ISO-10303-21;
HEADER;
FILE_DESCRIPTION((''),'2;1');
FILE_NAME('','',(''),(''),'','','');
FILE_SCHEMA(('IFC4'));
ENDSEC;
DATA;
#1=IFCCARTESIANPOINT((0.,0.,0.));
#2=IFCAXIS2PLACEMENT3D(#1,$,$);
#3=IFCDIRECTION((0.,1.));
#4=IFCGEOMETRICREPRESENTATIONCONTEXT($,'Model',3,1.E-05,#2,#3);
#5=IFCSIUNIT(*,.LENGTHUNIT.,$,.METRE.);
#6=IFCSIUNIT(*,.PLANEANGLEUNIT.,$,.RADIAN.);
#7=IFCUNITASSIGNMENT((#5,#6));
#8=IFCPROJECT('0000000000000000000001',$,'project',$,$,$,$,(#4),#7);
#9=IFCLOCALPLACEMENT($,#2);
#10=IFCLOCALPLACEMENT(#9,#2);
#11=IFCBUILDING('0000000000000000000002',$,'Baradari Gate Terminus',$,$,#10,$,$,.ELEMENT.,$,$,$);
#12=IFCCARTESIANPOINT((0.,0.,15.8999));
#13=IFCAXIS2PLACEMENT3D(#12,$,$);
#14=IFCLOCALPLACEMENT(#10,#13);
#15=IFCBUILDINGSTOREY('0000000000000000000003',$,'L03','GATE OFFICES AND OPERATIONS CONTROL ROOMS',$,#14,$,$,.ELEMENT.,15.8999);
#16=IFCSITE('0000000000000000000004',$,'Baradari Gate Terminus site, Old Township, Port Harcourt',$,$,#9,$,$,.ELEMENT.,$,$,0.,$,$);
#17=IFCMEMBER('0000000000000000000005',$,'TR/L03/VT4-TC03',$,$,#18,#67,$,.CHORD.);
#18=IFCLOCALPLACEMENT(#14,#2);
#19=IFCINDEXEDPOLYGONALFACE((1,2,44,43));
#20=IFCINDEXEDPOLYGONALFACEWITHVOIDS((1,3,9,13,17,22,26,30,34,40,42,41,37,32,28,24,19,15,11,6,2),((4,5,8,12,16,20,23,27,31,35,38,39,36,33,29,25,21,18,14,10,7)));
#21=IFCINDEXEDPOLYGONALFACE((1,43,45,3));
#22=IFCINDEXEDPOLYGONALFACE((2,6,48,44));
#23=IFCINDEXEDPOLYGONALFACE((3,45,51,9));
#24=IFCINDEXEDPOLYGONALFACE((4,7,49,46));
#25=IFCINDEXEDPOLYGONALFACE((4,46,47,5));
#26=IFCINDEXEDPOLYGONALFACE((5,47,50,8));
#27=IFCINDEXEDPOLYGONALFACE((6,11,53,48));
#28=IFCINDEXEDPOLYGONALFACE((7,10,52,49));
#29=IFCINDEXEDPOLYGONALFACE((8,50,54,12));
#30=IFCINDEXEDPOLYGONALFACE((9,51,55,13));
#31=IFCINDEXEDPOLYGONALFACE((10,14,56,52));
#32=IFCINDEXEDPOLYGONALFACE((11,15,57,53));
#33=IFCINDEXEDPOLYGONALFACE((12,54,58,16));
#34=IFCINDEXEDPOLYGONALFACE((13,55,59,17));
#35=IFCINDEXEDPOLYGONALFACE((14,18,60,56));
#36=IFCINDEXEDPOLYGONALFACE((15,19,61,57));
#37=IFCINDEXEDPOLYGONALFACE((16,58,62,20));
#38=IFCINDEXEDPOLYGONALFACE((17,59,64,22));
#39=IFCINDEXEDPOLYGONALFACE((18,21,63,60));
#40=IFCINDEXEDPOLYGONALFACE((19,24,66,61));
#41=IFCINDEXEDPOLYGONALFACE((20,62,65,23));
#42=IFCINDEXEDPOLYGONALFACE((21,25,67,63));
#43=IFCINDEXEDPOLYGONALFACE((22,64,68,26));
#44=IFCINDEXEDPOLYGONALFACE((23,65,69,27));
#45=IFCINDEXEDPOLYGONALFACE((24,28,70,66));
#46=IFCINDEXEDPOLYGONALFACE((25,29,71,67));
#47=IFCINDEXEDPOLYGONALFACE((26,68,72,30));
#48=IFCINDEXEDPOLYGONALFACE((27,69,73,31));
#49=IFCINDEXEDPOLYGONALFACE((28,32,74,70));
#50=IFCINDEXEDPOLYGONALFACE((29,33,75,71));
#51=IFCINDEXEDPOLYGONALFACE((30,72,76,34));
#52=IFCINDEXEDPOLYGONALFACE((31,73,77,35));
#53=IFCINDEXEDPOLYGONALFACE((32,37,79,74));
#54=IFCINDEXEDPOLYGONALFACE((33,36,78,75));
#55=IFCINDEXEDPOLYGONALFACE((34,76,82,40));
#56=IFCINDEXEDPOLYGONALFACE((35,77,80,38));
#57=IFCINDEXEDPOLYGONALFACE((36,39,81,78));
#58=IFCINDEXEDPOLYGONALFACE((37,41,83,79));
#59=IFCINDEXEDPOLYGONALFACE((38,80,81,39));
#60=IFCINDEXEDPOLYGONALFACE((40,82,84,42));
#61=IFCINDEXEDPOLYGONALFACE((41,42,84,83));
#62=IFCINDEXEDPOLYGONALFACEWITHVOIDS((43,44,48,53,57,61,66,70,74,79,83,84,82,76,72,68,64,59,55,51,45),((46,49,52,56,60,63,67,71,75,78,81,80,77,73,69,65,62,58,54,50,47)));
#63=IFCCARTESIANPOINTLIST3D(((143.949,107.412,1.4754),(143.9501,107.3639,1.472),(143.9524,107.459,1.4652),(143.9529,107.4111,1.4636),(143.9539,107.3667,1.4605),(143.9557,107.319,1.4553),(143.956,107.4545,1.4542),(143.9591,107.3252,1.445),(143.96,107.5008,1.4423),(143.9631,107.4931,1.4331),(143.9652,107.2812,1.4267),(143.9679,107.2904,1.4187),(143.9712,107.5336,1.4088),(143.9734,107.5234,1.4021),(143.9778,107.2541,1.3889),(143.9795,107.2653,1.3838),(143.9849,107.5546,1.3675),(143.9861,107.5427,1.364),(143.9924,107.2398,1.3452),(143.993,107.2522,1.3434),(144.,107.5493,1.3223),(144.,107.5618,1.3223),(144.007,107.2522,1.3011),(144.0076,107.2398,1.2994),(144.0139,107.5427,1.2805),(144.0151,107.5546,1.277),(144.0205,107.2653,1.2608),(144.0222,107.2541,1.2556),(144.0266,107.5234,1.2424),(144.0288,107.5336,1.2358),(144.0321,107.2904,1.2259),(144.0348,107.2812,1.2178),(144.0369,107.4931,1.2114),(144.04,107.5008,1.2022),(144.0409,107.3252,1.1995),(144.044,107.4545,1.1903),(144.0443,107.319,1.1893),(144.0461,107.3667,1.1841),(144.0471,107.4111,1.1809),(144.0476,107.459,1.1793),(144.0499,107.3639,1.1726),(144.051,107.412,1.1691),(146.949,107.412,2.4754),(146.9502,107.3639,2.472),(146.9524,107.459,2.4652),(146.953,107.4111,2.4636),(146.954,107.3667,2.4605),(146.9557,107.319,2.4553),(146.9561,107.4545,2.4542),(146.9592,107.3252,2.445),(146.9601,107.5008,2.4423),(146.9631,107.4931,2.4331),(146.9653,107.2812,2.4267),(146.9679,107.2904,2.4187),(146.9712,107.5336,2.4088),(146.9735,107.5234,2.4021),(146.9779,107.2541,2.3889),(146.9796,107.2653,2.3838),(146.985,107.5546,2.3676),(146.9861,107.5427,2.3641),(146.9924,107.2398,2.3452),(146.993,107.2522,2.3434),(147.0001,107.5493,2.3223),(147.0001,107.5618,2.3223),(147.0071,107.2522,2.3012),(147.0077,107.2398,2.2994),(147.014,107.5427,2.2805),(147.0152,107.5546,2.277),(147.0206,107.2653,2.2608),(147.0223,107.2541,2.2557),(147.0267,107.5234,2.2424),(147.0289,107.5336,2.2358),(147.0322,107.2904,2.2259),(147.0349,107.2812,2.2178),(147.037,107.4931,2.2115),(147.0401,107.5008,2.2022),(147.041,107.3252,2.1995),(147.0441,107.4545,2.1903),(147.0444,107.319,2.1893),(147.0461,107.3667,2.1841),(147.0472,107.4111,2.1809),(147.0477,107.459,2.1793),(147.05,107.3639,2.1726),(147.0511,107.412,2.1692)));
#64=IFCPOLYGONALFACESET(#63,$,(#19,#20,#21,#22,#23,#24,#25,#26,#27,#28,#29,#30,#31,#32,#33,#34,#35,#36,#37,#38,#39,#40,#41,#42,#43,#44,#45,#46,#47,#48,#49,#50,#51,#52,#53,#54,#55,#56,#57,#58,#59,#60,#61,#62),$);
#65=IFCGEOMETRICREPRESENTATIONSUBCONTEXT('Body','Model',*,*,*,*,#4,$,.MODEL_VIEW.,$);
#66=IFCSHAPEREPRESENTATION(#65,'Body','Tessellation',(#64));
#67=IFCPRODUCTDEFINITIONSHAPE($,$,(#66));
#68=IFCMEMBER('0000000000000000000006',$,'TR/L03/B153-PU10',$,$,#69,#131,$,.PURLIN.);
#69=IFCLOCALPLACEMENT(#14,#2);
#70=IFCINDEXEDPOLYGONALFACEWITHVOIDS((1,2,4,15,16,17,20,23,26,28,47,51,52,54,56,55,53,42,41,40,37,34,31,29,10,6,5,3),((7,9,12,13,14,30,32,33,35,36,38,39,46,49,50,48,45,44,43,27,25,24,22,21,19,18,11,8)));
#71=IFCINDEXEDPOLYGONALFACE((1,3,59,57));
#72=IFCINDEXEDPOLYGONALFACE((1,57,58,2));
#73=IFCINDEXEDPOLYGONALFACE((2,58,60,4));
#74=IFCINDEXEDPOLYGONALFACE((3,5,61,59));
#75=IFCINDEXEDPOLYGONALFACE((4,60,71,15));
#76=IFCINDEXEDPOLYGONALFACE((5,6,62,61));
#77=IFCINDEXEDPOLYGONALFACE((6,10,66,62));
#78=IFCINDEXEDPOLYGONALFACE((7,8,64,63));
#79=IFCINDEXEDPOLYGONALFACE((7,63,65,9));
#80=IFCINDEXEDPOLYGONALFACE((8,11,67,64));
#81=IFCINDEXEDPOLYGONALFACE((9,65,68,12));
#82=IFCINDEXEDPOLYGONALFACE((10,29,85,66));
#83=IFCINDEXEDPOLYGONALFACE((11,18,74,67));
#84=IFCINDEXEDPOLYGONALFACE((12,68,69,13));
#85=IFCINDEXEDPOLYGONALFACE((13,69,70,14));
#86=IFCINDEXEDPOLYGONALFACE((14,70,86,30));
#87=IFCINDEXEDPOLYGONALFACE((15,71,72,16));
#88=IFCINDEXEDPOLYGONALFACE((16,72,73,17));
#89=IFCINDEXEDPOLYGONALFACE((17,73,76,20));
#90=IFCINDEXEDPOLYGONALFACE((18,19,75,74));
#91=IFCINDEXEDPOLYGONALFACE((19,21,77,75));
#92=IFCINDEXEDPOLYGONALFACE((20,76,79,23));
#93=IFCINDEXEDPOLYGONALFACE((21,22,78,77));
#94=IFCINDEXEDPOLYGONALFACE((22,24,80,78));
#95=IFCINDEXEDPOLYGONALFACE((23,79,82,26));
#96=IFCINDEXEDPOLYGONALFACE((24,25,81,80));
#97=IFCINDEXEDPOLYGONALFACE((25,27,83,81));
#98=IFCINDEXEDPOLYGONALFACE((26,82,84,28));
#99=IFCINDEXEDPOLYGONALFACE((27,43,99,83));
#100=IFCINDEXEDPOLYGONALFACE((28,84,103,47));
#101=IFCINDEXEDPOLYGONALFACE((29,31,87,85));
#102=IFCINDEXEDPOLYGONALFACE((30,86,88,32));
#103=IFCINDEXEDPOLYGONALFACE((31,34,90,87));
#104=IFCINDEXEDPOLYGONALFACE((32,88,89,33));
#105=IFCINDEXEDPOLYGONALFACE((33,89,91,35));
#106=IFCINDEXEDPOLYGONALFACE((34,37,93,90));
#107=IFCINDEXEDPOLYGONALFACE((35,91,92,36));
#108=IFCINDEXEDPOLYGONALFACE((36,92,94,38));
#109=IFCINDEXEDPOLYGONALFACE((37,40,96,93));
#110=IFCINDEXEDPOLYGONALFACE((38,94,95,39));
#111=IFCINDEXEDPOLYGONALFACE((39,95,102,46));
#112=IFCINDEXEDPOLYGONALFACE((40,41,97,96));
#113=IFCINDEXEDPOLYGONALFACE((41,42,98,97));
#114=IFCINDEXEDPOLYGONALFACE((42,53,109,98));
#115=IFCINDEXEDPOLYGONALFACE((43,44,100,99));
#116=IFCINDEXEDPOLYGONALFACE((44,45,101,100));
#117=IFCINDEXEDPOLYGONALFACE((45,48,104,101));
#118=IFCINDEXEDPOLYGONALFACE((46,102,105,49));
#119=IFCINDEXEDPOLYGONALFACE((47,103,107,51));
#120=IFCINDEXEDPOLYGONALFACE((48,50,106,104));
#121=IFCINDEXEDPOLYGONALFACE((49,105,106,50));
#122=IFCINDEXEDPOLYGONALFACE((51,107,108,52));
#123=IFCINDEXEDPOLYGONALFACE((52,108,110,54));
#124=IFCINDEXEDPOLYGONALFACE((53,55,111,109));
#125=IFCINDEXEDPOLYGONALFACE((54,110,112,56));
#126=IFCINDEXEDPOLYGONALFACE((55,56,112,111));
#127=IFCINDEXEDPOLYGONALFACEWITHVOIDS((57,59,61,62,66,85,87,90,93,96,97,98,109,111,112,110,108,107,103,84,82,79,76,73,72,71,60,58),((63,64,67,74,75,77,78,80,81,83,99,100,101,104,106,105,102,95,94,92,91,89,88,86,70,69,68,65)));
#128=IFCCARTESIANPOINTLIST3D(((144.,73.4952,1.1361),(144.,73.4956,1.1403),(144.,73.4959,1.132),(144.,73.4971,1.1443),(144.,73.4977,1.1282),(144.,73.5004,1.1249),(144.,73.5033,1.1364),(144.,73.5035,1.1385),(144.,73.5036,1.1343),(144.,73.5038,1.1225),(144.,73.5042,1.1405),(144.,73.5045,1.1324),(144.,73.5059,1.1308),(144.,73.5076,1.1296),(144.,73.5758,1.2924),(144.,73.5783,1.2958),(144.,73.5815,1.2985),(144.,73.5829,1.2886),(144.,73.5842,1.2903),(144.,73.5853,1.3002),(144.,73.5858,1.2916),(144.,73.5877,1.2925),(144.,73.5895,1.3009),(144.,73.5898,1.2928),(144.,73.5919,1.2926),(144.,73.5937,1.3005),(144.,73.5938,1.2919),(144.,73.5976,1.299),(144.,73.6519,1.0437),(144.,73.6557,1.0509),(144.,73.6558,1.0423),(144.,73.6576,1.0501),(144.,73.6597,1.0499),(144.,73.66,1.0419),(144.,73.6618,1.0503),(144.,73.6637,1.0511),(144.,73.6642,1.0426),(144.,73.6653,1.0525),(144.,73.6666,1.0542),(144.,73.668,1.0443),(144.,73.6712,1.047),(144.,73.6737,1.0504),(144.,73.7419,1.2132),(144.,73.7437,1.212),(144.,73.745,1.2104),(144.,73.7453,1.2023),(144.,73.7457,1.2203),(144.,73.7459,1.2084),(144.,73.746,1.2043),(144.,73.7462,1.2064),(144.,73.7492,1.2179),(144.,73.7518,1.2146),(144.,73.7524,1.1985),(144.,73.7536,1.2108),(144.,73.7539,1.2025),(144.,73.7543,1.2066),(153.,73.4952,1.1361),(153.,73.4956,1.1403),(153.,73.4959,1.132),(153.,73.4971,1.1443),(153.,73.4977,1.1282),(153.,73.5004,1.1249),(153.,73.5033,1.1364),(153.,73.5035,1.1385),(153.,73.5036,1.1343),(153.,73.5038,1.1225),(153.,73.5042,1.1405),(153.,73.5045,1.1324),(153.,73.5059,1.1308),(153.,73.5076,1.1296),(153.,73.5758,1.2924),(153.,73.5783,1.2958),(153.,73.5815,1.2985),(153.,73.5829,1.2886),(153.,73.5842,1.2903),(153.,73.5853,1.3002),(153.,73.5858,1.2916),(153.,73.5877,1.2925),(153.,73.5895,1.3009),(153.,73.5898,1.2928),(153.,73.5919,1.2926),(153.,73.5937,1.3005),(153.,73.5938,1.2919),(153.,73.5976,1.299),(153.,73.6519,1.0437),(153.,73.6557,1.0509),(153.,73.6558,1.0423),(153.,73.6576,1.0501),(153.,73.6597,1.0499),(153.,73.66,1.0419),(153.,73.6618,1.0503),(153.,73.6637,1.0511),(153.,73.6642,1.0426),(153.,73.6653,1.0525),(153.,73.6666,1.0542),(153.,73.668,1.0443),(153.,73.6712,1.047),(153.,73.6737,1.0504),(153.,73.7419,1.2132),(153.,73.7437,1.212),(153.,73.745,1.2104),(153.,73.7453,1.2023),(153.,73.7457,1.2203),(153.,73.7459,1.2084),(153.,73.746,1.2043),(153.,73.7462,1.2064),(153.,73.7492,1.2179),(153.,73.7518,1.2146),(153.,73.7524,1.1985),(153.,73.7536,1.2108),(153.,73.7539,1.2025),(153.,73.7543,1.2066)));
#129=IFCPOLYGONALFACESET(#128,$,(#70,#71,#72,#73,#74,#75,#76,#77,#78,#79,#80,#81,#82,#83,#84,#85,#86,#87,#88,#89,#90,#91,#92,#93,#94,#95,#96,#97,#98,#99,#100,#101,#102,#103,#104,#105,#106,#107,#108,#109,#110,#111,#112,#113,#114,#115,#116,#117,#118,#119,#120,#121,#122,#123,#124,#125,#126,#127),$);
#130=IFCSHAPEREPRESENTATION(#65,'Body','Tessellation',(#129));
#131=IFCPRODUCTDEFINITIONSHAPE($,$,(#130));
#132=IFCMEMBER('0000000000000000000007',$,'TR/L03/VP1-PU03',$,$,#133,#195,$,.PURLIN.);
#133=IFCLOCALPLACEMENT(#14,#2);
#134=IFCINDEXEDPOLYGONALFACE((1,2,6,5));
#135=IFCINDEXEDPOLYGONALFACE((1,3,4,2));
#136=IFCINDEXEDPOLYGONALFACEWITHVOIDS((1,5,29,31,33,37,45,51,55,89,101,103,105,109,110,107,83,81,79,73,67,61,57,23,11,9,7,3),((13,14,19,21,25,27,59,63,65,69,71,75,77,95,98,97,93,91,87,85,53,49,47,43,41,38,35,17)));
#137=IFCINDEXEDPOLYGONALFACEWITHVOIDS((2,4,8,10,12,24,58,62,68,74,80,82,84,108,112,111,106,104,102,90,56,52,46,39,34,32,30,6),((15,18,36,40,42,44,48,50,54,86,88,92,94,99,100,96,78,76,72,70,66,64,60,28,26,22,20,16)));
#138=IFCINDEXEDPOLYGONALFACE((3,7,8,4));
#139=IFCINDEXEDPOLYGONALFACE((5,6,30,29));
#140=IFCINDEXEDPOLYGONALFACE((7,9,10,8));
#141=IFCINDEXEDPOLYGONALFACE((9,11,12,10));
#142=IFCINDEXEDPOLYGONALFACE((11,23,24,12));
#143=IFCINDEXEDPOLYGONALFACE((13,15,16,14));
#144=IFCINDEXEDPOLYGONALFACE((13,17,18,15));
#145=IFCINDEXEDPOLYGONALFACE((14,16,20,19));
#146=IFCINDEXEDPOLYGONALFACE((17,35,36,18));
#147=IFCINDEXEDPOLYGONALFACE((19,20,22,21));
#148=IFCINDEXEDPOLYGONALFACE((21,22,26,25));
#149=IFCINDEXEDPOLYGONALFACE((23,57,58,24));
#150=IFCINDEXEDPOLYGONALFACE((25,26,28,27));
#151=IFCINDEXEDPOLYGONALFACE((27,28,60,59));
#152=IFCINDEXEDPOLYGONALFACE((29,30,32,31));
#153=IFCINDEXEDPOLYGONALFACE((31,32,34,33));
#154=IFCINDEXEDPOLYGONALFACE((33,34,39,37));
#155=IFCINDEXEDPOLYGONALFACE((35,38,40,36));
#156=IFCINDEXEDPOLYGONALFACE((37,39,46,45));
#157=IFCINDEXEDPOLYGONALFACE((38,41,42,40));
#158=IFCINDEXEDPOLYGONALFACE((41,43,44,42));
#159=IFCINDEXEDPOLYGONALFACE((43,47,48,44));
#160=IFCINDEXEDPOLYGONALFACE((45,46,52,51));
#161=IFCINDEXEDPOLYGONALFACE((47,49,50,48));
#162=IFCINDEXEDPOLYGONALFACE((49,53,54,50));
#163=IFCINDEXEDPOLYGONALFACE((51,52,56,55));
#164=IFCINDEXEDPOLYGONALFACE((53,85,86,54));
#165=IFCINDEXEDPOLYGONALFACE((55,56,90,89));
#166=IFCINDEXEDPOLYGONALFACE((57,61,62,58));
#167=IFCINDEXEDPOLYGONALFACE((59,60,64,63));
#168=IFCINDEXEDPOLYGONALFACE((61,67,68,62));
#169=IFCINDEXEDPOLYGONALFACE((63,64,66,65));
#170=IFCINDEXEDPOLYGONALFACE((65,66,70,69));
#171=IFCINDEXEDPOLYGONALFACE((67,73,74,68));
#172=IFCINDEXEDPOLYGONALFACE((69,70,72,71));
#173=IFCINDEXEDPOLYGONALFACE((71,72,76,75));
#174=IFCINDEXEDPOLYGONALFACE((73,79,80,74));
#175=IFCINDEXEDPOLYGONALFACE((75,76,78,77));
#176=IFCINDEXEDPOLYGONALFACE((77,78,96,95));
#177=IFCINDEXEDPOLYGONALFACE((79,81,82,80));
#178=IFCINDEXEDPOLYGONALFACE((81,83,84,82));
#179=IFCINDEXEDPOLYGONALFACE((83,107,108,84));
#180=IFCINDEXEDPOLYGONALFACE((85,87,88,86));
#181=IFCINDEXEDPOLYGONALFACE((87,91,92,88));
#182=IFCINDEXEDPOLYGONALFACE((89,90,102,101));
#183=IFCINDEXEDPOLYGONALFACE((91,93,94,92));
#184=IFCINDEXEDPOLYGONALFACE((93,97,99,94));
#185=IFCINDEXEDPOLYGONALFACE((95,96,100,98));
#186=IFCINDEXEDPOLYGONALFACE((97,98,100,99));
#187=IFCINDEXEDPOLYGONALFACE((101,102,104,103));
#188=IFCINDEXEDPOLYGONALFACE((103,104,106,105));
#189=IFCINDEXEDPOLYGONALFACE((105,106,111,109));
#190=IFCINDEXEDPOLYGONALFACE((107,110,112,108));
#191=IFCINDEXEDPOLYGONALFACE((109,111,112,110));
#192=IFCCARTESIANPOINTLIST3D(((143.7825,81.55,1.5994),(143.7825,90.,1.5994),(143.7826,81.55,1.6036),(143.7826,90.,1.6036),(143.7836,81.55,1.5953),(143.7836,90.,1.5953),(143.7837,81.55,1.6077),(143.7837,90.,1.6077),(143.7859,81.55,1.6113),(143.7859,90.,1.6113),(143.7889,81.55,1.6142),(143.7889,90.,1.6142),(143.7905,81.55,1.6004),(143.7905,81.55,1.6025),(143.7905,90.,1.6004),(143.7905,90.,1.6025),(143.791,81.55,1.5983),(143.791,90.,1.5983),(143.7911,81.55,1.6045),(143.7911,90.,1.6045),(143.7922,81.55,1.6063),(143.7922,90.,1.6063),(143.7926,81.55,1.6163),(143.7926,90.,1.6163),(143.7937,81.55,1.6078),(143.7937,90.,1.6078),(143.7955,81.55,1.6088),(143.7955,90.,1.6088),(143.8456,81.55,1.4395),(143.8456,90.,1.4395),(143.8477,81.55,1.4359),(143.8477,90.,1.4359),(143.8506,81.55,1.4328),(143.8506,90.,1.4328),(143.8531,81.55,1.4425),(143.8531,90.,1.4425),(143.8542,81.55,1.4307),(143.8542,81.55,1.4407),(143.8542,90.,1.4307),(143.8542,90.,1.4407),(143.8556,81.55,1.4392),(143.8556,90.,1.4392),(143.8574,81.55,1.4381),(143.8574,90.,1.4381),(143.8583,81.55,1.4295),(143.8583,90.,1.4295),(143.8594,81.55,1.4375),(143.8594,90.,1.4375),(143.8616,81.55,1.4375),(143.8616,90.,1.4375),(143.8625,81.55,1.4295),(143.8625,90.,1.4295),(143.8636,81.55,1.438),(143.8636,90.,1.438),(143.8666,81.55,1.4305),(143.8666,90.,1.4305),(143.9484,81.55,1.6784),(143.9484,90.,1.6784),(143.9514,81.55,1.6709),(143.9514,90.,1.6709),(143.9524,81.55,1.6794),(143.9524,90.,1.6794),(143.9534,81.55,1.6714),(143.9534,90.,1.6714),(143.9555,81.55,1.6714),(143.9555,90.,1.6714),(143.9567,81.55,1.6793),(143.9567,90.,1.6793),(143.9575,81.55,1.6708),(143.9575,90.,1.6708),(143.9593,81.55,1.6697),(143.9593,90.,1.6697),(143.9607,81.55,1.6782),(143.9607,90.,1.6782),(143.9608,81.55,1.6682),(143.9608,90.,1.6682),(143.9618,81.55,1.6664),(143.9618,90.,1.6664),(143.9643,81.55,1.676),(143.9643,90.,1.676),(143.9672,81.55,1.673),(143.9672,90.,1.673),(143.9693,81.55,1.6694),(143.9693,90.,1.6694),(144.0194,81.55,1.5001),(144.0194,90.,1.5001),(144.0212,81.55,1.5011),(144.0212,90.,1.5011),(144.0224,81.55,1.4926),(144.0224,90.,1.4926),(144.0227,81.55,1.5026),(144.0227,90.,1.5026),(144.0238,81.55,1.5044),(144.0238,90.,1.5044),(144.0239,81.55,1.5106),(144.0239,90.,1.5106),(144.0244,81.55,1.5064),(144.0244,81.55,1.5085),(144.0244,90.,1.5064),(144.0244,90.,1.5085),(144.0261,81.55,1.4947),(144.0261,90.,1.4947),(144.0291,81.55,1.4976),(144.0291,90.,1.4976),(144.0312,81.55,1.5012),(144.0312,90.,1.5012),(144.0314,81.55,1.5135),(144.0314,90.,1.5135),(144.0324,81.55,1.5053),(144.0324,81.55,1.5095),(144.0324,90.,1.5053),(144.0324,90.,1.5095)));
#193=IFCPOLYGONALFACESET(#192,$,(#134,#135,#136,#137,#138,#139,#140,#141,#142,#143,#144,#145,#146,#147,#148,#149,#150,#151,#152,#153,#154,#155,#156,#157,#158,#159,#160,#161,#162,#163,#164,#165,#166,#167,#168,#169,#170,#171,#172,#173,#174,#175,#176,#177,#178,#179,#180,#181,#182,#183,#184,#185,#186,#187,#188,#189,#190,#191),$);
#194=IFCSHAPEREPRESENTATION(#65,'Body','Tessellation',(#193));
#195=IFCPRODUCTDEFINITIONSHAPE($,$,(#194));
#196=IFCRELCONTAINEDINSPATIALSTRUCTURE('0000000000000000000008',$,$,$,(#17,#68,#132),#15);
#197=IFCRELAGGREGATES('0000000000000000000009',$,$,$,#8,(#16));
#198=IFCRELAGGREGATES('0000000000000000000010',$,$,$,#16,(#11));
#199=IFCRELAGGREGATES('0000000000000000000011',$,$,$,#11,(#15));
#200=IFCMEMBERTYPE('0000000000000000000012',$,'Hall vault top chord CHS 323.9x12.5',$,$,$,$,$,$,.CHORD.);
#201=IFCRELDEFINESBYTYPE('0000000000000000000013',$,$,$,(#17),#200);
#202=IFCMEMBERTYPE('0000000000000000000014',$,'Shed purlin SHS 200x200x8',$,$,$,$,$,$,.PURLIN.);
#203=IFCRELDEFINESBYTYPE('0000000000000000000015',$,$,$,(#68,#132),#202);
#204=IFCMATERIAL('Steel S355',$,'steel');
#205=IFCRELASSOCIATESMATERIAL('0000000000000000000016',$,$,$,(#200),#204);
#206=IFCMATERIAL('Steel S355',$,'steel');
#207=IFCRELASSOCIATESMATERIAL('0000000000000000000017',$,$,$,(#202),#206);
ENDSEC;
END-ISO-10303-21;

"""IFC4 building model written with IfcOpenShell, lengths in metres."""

from ifc_helpers import new_model, si_unit, direction, frame, origin, origin_2d, place, context, subcontext, project, spatial, hollow_rectangle, hollow_circle, extrude, material, material_profile, profile_set, type_object, element, save


model = new_model("IFC4")

# Units and contexts
model_context = context("Model", 3, precision=1e-05, world=origin(), true_north=direction((0.0, 1.0)))
body_context = subcontext(model_context, "Body", "Model", "MODEL_VIEW")
ifc_project = project(units=[si_unit("LENGTHUNIT", "METRE"), si_unit("PLANEANGLEUNIT", "RADIAN")], contexts=[model_context])

# Site, building, storey
site_placement = place(None, origin())
site = spatial("IfcSite", under=ifc_project, at=site_placement, Name="Baradari Gate Terminus site, Old Township, Port Harcourt", CompositionType="ELEMENT", RefElevation=0.0)
building_placement = place(site_placement, origin())
building = spatial("IfcBuilding", under=site, at=building_placement, Name="Baradari Gate Terminus", CompositionType="ELEMENT")
storey_placement = place(building_placement, frame((0.0, 0.0, 15.8999)))
storey = spatial("IfcBuildingStorey", under=building, at=storey_placement, Name="L03", Description="GATE OFFICES AND OPERATIONS CONTROL ROOMS", CompositionType="ELEMENT", Elevation=15.8999)

# Members
ifc_material_1 = material(Name="Steel S355", Category="steel")
ifc_material_profile_1 = material_profile(ifc_material_1, hollow_circle(Radius=0.1619, WallThickness=0.0125, at=origin_2d()), Name="CHS 323.9x12.5")
ifc_profile_set_1 = profile_set([ifc_material_profile_1], Name="Steel S355")
member_type_1 = type_object("IfcMemberType", Name="Hall vault top chord CHS 323.9x12.5", PredefinedType="CHORD", material=ifc_profile_set_1)
member_1_placement = place(storey_placement, frame((144.0, 107.3999, 1.3223), z_axis=(0.948683, 0.0, 0.316228), x_axis=(0.0, 1.0, 0.0)))
element("IfcMember", 1, at=member_1_placement, inside=storey, type_object=member_type_1, Name="TR/L03/VT4-TC03", PredefinedType="CHORD", context=body_context, shape_type="SweptSolid", body=[
    extrude(hollow_circle(Radius=0.1619, WallThickness=0.0125, at=origin_2d()), origin(), (0.0, 0.0, 1.0), 3.1624),
])
ifc_material_2 = material(Name="Steel S355", Category="steel")
ifc_material_profile_2 = material_profile(ifc_material_2, hollow_rectangle(XDim=0.2, YDim=0.2, WallThickness=0.0081, InnerFilletRadius=0.0081, OuterFilletRadius=0.0161, at=origin_2d()), Name="SHS 200x200x8")
ifc_profile_set_2 = profile_set([ifc_material_profile_2], Name="Steel S355")
member_type_2 = type_object("IfcMemberType", Name="Shed purlin SHS 200x200x8", PredefinedType="PURLIN", material=ifc_profile_set_2)
member_2_placement = place(storey_placement, frame((144.0, 73.6248, 1.1714), z_axis=(1.0, 0.0, 0.0), x_axis=(0.0, 0.883027, -0.469322)))
element("IfcMember", 2, at=member_2_placement, inside=storey, type_object=member_type_2, Name="TR/L03/B153-PU10", PredefinedType="PURLIN", context=body_context, shape_type="SweptSolid", body=[
    extrude(hollow_rectangle(XDim=0.2, YDim=0.2, WallThickness=0.0081, InnerFilletRadius=0.0081, OuterFilletRadius=0.0161, at=origin_2d()), origin(), (0.0, 0.0, 1.0), 9.0),
])
member_3_placement = place(storey_placement, frame((143.9075, 81.55, 1.5544), z_axis=(0.0, 1.0, 0.0), x_axis=(-0.928965, 0.0, -0.370167)))
element("IfcMember", 3, at=member_3_placement, inside=storey, type_object=member_type_2, Name="TR/L03/VP1-PU03", PredefinedType="PURLIN", context=body_context, shape_type="SweptSolid", body=[
    extrude(hollow_rectangle(XDim=0.2, YDim=0.2, WallThickness=0.0081, InnerFilletRadius=0.0081, OuterFilletRadius=0.0161, at=origin_2d()), origin(), (0.0, 0.0, 1.0), 8.45),
])

save(model, "model.ifc")
